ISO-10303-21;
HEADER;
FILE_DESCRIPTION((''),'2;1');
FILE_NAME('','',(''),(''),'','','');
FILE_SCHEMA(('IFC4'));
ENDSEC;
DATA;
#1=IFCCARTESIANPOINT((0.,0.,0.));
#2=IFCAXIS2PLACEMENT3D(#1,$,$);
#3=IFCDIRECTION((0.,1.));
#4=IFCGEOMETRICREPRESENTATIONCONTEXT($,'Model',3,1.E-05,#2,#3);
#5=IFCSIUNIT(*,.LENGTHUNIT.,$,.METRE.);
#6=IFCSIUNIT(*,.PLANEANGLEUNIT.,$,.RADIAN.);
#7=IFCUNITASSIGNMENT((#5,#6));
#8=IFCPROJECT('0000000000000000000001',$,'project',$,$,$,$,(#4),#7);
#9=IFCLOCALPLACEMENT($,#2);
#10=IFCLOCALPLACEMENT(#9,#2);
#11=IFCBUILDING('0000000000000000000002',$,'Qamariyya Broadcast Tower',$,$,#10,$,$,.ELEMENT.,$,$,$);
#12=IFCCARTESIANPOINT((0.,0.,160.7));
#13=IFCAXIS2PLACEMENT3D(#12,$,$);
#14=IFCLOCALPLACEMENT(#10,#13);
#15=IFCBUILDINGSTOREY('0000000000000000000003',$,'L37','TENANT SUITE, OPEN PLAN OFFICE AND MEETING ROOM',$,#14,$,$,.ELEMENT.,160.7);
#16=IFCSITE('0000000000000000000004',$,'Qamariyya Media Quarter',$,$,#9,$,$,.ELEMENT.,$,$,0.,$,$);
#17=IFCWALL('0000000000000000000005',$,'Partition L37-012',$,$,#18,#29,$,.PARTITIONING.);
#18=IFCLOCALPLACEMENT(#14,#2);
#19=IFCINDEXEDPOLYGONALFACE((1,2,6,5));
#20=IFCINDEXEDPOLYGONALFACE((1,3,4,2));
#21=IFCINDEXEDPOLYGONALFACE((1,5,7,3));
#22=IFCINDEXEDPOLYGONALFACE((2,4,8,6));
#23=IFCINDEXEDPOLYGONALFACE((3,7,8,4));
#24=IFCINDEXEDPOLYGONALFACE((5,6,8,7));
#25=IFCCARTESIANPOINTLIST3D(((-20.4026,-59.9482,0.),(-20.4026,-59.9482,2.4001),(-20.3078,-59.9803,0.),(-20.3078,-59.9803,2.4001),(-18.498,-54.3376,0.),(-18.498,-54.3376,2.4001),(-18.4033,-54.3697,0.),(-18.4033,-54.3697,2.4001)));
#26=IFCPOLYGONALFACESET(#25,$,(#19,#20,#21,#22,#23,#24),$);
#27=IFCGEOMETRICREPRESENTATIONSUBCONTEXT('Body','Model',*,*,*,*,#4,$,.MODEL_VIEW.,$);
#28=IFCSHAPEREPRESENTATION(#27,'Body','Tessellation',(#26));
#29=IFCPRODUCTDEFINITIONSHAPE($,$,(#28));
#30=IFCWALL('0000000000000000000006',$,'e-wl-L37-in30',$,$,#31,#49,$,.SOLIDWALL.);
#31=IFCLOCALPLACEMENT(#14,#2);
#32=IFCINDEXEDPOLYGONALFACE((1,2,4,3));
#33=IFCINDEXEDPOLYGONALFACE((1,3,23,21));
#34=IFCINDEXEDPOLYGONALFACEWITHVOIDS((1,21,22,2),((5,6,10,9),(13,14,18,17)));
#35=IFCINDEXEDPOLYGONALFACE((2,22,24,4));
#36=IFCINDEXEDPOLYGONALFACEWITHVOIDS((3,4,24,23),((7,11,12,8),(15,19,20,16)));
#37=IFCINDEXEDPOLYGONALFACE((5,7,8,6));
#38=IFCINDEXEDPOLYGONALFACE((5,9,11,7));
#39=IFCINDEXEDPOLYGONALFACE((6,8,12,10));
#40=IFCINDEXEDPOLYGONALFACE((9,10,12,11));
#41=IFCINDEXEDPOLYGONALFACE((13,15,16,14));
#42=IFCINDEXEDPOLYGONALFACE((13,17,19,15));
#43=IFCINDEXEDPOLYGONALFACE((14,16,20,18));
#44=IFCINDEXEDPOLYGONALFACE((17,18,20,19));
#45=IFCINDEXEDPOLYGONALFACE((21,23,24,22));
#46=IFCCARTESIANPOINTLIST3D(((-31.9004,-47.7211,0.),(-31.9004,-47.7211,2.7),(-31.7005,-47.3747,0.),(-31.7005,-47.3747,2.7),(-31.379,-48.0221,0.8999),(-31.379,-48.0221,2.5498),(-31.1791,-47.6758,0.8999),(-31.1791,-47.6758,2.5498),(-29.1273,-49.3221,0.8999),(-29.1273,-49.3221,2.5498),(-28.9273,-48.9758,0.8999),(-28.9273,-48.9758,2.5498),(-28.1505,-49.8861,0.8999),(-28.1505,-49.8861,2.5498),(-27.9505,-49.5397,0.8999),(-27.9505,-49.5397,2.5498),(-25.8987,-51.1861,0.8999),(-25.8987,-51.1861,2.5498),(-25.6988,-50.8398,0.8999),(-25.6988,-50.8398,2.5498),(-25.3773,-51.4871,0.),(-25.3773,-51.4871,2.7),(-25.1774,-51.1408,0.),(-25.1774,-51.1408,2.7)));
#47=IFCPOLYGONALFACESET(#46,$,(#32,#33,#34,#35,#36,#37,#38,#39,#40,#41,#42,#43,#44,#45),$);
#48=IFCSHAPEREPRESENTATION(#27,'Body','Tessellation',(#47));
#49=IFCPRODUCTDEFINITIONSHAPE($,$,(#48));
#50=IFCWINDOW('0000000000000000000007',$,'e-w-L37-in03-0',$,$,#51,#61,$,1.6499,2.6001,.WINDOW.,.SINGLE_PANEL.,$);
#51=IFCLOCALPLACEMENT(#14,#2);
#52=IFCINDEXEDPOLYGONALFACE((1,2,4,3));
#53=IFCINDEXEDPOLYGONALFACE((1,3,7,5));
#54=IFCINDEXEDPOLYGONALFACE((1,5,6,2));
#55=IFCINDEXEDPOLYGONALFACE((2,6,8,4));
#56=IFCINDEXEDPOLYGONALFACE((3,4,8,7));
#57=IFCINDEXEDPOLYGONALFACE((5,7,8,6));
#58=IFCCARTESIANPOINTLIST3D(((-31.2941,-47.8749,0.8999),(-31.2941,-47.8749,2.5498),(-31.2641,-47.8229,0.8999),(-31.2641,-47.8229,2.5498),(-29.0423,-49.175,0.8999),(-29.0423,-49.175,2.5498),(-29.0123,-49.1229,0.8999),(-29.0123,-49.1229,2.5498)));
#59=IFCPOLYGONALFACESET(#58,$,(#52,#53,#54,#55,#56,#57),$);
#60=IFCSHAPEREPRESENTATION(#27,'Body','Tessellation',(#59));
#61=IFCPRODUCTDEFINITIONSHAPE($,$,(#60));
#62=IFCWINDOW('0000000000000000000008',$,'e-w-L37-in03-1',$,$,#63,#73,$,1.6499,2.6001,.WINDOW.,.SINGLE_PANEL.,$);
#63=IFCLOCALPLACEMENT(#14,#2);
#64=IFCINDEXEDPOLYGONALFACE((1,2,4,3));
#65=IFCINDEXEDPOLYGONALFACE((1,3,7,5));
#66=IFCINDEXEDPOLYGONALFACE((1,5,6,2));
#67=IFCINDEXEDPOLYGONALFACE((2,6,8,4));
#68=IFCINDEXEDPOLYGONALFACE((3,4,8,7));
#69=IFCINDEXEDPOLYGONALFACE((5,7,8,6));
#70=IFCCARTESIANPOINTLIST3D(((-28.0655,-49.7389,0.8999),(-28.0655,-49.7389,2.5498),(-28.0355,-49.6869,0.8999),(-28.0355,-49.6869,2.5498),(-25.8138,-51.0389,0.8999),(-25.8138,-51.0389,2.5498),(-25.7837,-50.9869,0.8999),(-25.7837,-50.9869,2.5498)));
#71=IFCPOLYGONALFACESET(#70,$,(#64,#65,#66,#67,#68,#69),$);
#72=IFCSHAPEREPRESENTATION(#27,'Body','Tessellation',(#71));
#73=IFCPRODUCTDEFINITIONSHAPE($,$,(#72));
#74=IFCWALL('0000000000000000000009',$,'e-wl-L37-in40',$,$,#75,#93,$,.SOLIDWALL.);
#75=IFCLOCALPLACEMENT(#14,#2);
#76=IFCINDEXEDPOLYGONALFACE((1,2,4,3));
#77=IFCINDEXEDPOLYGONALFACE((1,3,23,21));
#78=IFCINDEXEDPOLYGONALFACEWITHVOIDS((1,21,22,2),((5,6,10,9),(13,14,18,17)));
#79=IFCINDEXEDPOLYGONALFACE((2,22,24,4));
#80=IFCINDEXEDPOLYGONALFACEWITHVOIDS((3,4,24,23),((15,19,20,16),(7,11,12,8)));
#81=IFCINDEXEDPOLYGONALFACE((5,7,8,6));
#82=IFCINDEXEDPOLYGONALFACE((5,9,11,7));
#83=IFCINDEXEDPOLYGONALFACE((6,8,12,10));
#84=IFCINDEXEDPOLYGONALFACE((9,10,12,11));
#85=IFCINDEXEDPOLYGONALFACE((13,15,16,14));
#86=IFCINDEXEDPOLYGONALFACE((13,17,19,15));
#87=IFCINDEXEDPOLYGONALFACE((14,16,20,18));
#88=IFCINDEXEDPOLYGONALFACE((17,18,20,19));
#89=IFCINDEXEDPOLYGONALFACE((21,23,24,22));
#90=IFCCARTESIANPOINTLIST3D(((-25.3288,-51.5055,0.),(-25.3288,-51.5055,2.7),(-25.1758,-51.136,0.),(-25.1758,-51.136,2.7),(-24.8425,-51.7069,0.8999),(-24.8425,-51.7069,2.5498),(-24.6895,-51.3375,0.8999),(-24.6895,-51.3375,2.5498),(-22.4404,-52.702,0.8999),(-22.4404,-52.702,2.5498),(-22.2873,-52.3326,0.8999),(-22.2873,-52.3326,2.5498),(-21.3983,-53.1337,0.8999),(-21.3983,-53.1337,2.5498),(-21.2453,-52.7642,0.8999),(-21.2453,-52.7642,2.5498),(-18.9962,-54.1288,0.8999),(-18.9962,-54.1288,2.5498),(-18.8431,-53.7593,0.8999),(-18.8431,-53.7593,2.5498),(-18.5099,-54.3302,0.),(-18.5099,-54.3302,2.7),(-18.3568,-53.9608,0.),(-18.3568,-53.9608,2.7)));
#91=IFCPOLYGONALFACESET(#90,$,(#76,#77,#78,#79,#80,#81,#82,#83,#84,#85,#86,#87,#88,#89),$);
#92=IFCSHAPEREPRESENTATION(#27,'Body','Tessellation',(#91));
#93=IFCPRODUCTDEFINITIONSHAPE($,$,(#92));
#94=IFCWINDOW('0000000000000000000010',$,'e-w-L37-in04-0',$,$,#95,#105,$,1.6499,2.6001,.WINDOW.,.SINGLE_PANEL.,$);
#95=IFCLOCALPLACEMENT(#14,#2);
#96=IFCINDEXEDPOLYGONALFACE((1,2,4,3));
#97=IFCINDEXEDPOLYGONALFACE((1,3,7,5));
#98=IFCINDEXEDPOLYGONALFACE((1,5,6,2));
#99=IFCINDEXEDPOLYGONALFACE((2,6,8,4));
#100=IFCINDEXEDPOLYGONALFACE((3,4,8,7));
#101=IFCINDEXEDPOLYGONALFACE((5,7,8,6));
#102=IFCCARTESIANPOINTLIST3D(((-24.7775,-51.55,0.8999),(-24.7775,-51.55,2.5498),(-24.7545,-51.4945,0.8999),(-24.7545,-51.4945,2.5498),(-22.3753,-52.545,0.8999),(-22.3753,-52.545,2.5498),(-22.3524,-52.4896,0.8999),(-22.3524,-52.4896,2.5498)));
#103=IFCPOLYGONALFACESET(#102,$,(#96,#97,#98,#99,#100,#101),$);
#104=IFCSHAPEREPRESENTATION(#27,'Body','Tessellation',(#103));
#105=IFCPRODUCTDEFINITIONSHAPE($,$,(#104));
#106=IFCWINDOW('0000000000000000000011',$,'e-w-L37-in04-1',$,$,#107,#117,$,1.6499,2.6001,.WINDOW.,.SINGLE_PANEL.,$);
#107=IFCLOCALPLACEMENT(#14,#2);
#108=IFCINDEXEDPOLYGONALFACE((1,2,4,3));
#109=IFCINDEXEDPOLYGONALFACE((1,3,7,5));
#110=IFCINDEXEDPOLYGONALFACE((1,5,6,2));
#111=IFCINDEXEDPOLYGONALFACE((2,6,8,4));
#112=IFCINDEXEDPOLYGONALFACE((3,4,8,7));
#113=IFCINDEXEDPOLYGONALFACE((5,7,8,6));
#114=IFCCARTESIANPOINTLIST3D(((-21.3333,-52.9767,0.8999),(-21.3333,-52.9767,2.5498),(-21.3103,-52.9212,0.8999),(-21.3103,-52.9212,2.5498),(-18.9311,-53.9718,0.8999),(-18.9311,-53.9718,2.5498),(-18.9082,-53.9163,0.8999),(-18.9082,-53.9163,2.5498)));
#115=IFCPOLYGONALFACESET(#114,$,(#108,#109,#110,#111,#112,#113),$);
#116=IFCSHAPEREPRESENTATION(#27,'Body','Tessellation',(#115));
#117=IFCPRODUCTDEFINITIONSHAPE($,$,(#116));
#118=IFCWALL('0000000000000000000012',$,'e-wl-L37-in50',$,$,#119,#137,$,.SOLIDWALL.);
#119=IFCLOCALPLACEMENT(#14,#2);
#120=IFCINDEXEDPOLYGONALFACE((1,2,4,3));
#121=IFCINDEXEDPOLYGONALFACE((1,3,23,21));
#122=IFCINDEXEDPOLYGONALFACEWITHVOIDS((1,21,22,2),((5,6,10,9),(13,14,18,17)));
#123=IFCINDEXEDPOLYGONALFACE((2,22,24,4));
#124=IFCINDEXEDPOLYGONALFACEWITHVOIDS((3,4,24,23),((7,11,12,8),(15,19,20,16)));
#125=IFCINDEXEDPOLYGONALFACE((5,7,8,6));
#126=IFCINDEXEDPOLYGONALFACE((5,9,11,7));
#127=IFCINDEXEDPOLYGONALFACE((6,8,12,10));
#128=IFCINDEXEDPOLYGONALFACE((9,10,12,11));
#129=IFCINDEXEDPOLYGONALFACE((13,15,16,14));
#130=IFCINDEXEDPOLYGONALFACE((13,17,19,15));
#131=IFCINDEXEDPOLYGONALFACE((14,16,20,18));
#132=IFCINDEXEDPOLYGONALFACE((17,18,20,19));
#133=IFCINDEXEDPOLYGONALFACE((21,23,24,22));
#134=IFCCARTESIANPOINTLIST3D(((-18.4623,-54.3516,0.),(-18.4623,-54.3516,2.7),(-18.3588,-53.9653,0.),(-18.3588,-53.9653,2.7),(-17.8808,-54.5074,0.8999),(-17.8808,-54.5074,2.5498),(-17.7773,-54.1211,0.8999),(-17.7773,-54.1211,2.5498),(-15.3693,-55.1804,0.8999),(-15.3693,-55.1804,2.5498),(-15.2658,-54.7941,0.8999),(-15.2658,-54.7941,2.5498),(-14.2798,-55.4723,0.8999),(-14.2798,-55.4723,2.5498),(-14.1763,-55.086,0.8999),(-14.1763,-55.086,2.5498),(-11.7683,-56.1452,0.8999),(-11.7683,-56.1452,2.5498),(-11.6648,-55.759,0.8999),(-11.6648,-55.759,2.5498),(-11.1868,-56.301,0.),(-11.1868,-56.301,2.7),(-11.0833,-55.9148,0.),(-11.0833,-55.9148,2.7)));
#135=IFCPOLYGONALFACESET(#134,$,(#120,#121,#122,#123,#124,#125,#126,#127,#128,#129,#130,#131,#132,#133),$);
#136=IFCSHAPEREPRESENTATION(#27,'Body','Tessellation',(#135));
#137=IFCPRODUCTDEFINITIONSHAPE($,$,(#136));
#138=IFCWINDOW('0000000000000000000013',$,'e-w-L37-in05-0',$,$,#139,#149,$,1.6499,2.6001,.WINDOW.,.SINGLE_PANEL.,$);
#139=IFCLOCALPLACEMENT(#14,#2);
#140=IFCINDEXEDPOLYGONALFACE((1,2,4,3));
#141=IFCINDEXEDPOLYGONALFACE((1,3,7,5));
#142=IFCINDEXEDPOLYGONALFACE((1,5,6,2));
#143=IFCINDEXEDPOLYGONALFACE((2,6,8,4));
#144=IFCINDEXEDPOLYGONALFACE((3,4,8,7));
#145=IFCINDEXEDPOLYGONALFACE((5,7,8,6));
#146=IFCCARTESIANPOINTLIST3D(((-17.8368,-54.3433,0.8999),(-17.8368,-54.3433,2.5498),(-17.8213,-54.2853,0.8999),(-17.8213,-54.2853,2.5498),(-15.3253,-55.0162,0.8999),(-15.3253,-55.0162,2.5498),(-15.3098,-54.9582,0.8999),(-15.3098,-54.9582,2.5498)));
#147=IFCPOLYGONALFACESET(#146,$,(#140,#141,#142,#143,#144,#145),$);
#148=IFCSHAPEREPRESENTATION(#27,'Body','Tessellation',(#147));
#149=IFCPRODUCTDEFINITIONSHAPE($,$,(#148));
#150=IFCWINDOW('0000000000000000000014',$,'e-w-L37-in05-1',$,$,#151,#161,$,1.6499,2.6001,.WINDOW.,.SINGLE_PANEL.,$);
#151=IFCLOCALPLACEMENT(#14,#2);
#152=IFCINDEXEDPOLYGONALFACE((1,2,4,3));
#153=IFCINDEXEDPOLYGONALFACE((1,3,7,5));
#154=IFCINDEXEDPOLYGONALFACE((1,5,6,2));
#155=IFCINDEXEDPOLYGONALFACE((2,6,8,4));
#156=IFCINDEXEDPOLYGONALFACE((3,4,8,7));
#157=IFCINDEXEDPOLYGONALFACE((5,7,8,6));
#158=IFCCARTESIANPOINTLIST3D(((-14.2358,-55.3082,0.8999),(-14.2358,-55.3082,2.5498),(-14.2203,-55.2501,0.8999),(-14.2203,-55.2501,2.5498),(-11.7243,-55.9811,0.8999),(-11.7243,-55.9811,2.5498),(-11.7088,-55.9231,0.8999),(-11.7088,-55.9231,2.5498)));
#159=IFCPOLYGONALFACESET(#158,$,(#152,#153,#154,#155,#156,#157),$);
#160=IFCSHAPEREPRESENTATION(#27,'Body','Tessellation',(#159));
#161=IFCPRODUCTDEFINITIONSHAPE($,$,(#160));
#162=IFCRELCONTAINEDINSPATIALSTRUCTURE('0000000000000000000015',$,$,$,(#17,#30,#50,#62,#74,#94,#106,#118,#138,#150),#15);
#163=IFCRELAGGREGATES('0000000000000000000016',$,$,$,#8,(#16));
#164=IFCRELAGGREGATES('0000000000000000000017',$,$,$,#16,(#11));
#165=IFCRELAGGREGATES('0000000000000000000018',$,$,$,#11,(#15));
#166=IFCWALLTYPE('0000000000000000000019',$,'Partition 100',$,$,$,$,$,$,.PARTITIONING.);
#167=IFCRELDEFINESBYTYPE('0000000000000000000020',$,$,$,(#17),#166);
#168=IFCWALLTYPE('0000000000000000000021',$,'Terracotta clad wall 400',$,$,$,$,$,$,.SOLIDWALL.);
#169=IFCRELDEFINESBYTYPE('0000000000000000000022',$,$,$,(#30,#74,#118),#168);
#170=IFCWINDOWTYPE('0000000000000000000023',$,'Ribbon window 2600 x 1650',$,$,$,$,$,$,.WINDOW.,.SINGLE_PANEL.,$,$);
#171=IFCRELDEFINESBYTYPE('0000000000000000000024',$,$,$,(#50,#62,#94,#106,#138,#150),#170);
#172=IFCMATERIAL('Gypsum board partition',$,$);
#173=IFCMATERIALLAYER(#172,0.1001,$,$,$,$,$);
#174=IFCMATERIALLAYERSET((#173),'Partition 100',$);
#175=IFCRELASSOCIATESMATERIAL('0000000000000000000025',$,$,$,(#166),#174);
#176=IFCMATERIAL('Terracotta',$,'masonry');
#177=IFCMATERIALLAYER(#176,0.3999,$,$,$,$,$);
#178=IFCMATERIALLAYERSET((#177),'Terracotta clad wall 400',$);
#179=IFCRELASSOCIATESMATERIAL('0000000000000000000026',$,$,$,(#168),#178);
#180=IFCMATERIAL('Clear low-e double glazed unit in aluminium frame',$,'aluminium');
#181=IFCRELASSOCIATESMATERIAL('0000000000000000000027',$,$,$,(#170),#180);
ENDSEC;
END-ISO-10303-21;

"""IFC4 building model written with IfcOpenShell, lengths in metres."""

from ifc_helpers import new_model, si_unit, direction, frame, frame_2d, origin, place, context, subcontext, project, spatial, rectangle, extrude, material, layer, layer_set, type_object, element, fill, save


model = new_model("IFC4")

# Units and contexts
model_context = context("Model", 3, precision=1e-05, world=origin(), true_north=direction((0.0, 1.0)))
body_context = subcontext(model_context, "Body", "Model", "MODEL_VIEW")
ifc_project = project(units=[si_unit("LENGTHUNIT", "METRE"), si_unit("PLANEANGLEUNIT", "RADIAN")], contexts=[model_context])

# Site, building, storey
site_placement = place(None, origin())
site = spatial("IfcSite", under=ifc_project, at=site_placement, Name="Qamariyya Media Quarter", CompositionType="ELEMENT", RefElevation=0.0)
building_placement = place(site_placement, origin())
building = spatial("IfcBuilding", under=site, at=building_placement, Name="Qamariyya Broadcast Tower", CompositionType="ELEMENT")
storey_placement = place(building_placement, frame((0.0, 0.0, 160.7)))
storey = spatial("IfcBuildingStorey", under=building, at=storey_placement, Name="L37", Description="TENANT SUITE, OPEN PLAN OFFICE AND MEETING ROOM", CompositionType="ELEMENT", Elevation=160.7)

# Shared definitions
ifc_material_1 = material(Name="Gypsum board partition")

# Wall
ifc_layer_1 = layer(ifc_material_1, 0.1001)
ifc_layer_set_1 = layer_set([ifc_layer_1], Name="Partition 100")
wall_type_1 = type_object("IfcWallType", Name="Partition 100", PredefinedType="PARTITIONING", material=ifc_layer_set_1)
wall_1_placement = place(storey_placement, frame((-18.4507, -54.3538, 0.0), z_axis=(0.0, 0.0, 1.0), x_axis=(-0.32144, -0.94693, 0.0)))
element("IfcWall", 1, at=wall_1_placement, inside=storey, type_object=wall_type_1, Name="Partition L37-012", PredefinedType="PARTITIONING", context=body_context, shape_type="SweptSolid", body=[
    extrude(rectangle(XDim=5.925, YDim=0.1001, at=frame_2d((2.9624, 0.0))), origin(), (0.0, 0.0, 1.0), 2.4001),
])

# Walls, openings, windows
ifc_material_2 = material(Name="Terracotta", Category="masonry")
ifc_layer_2 = layer(ifc_material_2, 0.3999)
ifc_layer_set_2 = layer_set([ifc_layer_2], Name="Terracotta clad wall 400")
wall_type_2 = type_object("IfcWallType", Name="Terracotta clad wall 400", PredefinedType="SOLIDWALL", material=ifc_layer_set_2)
wall_2_placement = place(storey_placement, frame((-25.2773, -51.314, 0.0), z_axis=(0.0, 0.0, 1.0), x_axis=(-0.866029, 0.499995, 0.0)))
wall_2 = element("IfcWall", 2, at=wall_2_placement, inside=storey, type_object=wall_type_2, Name="e-wl-L37-in30", PredefinedType="SOLIDWALL", context=body_context, shape_type="SweptSolid", body=[
    extrude(rectangle(XDim=7.5322, YDim=0.3999, at=frame_2d((3.7661, 0.0))), origin(), (0.0, 0.0, 1.0), 2.7),
])
opening_1_placement = place(wall_2_placement, frame((4.3301, 0.0, 0.8999)))
opening_1 = element("IfcOpeningElement", 3, at=opening_1_placement, cuts=wall_2, PredefinedType="OPENING", context=body_context, shape_type="SweptSolid", body=[
    extrude(rectangle(XDim=2.6001, YDim=1.6499, at=frame_2d((1.3, 0.825))), frame((0.0, 0.21, 0.0), z_axis=(0.0, -1.0, 0.0), x_axis=(1.0, 0.0, 0.0)), (0.0, 0.0, 1.0), 0.4199),
])
opening_2_placement = place(wall_2_placement, frame((0.6021, 0.0, 0.8999)))
opening_2 = element("IfcOpeningElement", 4, at=opening_2_placement, cuts=wall_2, PredefinedType="OPENING", context=body_context, shape_type="SweptSolid", body=[
    extrude(rectangle(XDim=2.6001, YDim=1.6499, at=frame_2d((1.3, 0.825))), frame((0.0, 0.21, 0.0), z_axis=(0.0, -1.0, 0.0), x_axis=(1.0, 0.0, 0.0)), (0.0, 0.0, 1.0), 0.4199),
])
ifc_material_3 = material(Name="Clear low-e double glazed unit in aluminium frame", Category="aluminium")
window_type = type_object("IfcWindowType", Name="Ribbon window 2600 x 1650", PartitioningType="SINGLE_PANEL", PredefinedType="WINDOW", material=ifc_material_3)
window_1_placement = place(opening_1_placement, origin())
window_1 = element("IfcWindow", 5, at=window_1_placement, inside=storey, type_object=window_type, Name="e-w-L37-in03-0", OverallHeight=1.6499, OverallWidth=2.6001, PartitioningType="SINGLE_PANEL", PredefinedType="WINDOW", context=body_context, shape_type="SweptSolid", body=[
    extrude(rectangle(XDim=2.6001, YDim=1.6499, at=frame_2d((1.3, 0.825))), frame((0.0, 0.03, 0.0), z_axis=(0.0, -1.0, 0.0), x_axis=(1.0, 0.0, 0.0)), (0.0, 0.0, 1.0), 0.0601),
])
fill(opening_1, window_1)
window_2_placement = place(opening_2_placement, origin())
window_2 = element("IfcWindow", 6, at=window_2_placement, inside=storey, type_object=window_type, Name="e-w-L37-in03-1", OverallHeight=1.6499, OverallWidth=2.6001, PartitioningType="SINGLE_PANEL", PredefinedType="WINDOW", context=body_context, shape_type="SweptSolid", body=[
    extrude(rectangle(XDim=2.6001, YDim=1.6499, at=frame_2d((1.3, 0.825))), frame((0.0, 0.03, 0.0), z_axis=(0.0, -1.0, 0.0), x_axis=(1.0, 0.0, 0.0)), (0.0, 0.0, 1.0), 0.0601),
])
fill(opening_2, window_2)
wall_3_placement = place(storey_placement, frame((-18.4333, -54.1455, 0.0), z_axis=(0.0, 0.0, 1.0), x_axis=(-0.923868, 0.382712, 0.0)))
wall_3 = element("IfcWall", 7, at=wall_3_placement, inside=storey, type_object=wall_type_2, Name="e-wl-L37-in40", PredefinedType="SOLIDWALL", context=body_context, shape_type="SweptSolid", body=[
    extrude(rectangle(XDim=7.3809, YDim=0.3999, at=frame_2d((3.6904, 0.0))), origin(), (0.0, 0.0, 1.0), 2.7),
])
opening_3_placement = place(wall_3_placement, frame((4.2544, 0.0, 0.8999)))
opening_3 = element("IfcOpeningElement", 8, at=opening_3_placement, cuts=wall_3, PredefinedType="OPENING", context=body_context, shape_type="SweptSolid", body=[
    extrude(rectangle(XDim=2.6001, YDim=1.6499, at=frame_2d((1.3, 0.825))), frame((0.0, 0.21, 0.0), z_axis=(0.0, -1.0, 0.0), x_axis=(1.0, 0.0, 0.0)), (0.0, 0.0, 1.0), 0.4199),
])
opening_4_placement = place(wall_3_placement, frame((0.5264, 0.0, 0.8999)))
opening_4 = element("IfcOpeningElement", 9, at=opening_4_placement, cuts=wall_3, PredefinedType="OPENING", context=body_context, shape_type="SweptSolid", body=[
    extrude(rectangle(XDim=2.6001, YDim=1.6499, at=frame_2d((1.3, 0.825))), frame((0.0, 0.21, 0.0), z_axis=(0.0, -1.0, 0.0), x_axis=(1.0, 0.0, 0.0)), (0.0, 0.0, 1.0), 0.4199),
])
window_3_placement = place(opening_3_placement, origin())
window_3 = element("IfcWindow", 10, at=window_3_placement, inside=storey, type_object=window_type, Name="e-w-L37-in04-0", OverallHeight=1.6499, OverallWidth=2.6001, PartitioningType="SINGLE_PANEL", PredefinedType="WINDOW", context=body_context, shape_type="SweptSolid", body=[
    extrude(rectangle(XDim=2.6001, YDim=1.6499, at=frame_2d((1.3, 0.825))), frame((0.0, 0.03, 0.0), z_axis=(0.0, -1.0, 0.0), x_axis=(1.0, 0.0, 0.0)), (0.0, 0.0, 1.0), 0.0601),
])
fill(opening_3, window_3)
window_4_placement = place(opening_4_placement, origin())
window_4 = element("IfcWindow", 11, at=window_4_placement, inside=storey, type_object=window_type, Name="e-w-L37-in04-1", OverallHeight=1.6499, OverallWidth=2.6001, PartitioningType="SINGLE_PANEL", PredefinedType="WINDOW", context=body_context, shape_type="SweptSolid", body=[
    extrude(rectangle(XDim=2.6001, YDim=1.6499, at=frame_2d((1.3, 0.825))), frame((0.0, 0.03, 0.0), z_axis=(0.0, -1.0, 0.0), x_axis=(1.0, 0.0, 0.0)), (0.0, 0.0, 1.0), 0.0601),
])
fill(opening_4, window_4)
wall_4_placement = place(storey_placement, frame((-11.135, -56.1079, 0.0), z_axis=(0.0, 0.0, 1.0), x_axis=(-0.965927, 0.258814, 0.0)))
wall_4 = element("IfcWall", 12, at=wall_4_placement, inside=storey, type_object=wall_type_2, Name="e-wl-L37-in50", PredefinedType="SOLIDWALL", context=body_context, shape_type="SweptSolid", body=[
    extrude(rectangle(XDim=7.5322, YDim=0.3999, at=frame_2d((3.7661, 0.0))), origin(), (0.0, 0.0, 1.0), 2.7),
])
opening_5_placement = place(wall_4_placement, frame((4.3301, 0.0, 0.8999)))
opening_5 = element("IfcOpeningElement", 13, at=opening_5_placement, cuts=wall_4, PredefinedType="OPENING", context=body_context, shape_type="SweptSolid", body=[
    extrude(rectangle(XDim=2.6001, YDim=1.6499, at=frame_2d((1.3, 0.825))), frame((0.0, 0.21, 0.0), z_axis=(0.0, -1.0, 0.0), x_axis=(1.0, 0.0, 0.0)), (0.0, 0.0, 1.0), 0.4199),
])
opening_6_placement = place(wall_4_placement, frame((0.6021, 0.0, 0.8999)))
opening_6 = element("IfcOpeningElement", 14, at=opening_6_placement, cuts=wall_4, PredefinedType="OPENING", context=body_context, shape_type="SweptSolid", body=[
    extrude(rectangle(XDim=2.6001, YDim=1.6499, at=frame_2d((1.3, 0.825))), frame((0.0, 0.21, 0.0), z_axis=(0.0, -1.0, 0.0), x_axis=(1.0, 0.0, 0.0)), (0.0, 0.0, 1.0), 0.4199),
])
window_5_placement = place(opening_5_placement, origin())
window_5 = element("IfcWindow", 15, at=window_5_placement, inside=storey, type_object=window_type, Name="e-w-L37-in05-0", OverallHeight=1.6499, OverallWidth=2.6001, PartitioningType="SINGLE_PANEL", PredefinedType="WINDOW", context=body_context, shape_type="SweptSolid", body=[
    extrude(rectangle(XDim=2.6001, YDim=1.6499, at=frame_2d((1.3, 0.825))), frame((0.0, 0.03, 0.0), z_axis=(0.0, -1.0, 0.0), x_axis=(1.0, 0.0, 0.0)), (0.0, 0.0, 1.0), 0.0601),
])
fill(opening_5, window_5)
window_6_placement = place(opening_6_placement, origin())
window_6 = element("IfcWindow", 16, at=window_6_placement, inside=storey, type_object=window_type, Name="e-w-L37-in05-1", OverallHeight=1.6499, OverallWidth=2.6001, PartitioningType="SINGLE_PANEL", PredefinedType="WINDOW", context=body_context, shape_type="SweptSolid", body=[
    extrude(rectangle(XDim=2.6001, YDim=1.6499, at=frame_2d((1.3, 0.825))), frame((0.0, 0.03, 0.0), z_axis=(0.0, -1.0, 0.0), x_axis=(1.0, 0.0, 0.0)), (0.0, 0.0, 1.0), 0.0601),
])
fill(opening_6, window_6)

save(model, "model.ifc")
